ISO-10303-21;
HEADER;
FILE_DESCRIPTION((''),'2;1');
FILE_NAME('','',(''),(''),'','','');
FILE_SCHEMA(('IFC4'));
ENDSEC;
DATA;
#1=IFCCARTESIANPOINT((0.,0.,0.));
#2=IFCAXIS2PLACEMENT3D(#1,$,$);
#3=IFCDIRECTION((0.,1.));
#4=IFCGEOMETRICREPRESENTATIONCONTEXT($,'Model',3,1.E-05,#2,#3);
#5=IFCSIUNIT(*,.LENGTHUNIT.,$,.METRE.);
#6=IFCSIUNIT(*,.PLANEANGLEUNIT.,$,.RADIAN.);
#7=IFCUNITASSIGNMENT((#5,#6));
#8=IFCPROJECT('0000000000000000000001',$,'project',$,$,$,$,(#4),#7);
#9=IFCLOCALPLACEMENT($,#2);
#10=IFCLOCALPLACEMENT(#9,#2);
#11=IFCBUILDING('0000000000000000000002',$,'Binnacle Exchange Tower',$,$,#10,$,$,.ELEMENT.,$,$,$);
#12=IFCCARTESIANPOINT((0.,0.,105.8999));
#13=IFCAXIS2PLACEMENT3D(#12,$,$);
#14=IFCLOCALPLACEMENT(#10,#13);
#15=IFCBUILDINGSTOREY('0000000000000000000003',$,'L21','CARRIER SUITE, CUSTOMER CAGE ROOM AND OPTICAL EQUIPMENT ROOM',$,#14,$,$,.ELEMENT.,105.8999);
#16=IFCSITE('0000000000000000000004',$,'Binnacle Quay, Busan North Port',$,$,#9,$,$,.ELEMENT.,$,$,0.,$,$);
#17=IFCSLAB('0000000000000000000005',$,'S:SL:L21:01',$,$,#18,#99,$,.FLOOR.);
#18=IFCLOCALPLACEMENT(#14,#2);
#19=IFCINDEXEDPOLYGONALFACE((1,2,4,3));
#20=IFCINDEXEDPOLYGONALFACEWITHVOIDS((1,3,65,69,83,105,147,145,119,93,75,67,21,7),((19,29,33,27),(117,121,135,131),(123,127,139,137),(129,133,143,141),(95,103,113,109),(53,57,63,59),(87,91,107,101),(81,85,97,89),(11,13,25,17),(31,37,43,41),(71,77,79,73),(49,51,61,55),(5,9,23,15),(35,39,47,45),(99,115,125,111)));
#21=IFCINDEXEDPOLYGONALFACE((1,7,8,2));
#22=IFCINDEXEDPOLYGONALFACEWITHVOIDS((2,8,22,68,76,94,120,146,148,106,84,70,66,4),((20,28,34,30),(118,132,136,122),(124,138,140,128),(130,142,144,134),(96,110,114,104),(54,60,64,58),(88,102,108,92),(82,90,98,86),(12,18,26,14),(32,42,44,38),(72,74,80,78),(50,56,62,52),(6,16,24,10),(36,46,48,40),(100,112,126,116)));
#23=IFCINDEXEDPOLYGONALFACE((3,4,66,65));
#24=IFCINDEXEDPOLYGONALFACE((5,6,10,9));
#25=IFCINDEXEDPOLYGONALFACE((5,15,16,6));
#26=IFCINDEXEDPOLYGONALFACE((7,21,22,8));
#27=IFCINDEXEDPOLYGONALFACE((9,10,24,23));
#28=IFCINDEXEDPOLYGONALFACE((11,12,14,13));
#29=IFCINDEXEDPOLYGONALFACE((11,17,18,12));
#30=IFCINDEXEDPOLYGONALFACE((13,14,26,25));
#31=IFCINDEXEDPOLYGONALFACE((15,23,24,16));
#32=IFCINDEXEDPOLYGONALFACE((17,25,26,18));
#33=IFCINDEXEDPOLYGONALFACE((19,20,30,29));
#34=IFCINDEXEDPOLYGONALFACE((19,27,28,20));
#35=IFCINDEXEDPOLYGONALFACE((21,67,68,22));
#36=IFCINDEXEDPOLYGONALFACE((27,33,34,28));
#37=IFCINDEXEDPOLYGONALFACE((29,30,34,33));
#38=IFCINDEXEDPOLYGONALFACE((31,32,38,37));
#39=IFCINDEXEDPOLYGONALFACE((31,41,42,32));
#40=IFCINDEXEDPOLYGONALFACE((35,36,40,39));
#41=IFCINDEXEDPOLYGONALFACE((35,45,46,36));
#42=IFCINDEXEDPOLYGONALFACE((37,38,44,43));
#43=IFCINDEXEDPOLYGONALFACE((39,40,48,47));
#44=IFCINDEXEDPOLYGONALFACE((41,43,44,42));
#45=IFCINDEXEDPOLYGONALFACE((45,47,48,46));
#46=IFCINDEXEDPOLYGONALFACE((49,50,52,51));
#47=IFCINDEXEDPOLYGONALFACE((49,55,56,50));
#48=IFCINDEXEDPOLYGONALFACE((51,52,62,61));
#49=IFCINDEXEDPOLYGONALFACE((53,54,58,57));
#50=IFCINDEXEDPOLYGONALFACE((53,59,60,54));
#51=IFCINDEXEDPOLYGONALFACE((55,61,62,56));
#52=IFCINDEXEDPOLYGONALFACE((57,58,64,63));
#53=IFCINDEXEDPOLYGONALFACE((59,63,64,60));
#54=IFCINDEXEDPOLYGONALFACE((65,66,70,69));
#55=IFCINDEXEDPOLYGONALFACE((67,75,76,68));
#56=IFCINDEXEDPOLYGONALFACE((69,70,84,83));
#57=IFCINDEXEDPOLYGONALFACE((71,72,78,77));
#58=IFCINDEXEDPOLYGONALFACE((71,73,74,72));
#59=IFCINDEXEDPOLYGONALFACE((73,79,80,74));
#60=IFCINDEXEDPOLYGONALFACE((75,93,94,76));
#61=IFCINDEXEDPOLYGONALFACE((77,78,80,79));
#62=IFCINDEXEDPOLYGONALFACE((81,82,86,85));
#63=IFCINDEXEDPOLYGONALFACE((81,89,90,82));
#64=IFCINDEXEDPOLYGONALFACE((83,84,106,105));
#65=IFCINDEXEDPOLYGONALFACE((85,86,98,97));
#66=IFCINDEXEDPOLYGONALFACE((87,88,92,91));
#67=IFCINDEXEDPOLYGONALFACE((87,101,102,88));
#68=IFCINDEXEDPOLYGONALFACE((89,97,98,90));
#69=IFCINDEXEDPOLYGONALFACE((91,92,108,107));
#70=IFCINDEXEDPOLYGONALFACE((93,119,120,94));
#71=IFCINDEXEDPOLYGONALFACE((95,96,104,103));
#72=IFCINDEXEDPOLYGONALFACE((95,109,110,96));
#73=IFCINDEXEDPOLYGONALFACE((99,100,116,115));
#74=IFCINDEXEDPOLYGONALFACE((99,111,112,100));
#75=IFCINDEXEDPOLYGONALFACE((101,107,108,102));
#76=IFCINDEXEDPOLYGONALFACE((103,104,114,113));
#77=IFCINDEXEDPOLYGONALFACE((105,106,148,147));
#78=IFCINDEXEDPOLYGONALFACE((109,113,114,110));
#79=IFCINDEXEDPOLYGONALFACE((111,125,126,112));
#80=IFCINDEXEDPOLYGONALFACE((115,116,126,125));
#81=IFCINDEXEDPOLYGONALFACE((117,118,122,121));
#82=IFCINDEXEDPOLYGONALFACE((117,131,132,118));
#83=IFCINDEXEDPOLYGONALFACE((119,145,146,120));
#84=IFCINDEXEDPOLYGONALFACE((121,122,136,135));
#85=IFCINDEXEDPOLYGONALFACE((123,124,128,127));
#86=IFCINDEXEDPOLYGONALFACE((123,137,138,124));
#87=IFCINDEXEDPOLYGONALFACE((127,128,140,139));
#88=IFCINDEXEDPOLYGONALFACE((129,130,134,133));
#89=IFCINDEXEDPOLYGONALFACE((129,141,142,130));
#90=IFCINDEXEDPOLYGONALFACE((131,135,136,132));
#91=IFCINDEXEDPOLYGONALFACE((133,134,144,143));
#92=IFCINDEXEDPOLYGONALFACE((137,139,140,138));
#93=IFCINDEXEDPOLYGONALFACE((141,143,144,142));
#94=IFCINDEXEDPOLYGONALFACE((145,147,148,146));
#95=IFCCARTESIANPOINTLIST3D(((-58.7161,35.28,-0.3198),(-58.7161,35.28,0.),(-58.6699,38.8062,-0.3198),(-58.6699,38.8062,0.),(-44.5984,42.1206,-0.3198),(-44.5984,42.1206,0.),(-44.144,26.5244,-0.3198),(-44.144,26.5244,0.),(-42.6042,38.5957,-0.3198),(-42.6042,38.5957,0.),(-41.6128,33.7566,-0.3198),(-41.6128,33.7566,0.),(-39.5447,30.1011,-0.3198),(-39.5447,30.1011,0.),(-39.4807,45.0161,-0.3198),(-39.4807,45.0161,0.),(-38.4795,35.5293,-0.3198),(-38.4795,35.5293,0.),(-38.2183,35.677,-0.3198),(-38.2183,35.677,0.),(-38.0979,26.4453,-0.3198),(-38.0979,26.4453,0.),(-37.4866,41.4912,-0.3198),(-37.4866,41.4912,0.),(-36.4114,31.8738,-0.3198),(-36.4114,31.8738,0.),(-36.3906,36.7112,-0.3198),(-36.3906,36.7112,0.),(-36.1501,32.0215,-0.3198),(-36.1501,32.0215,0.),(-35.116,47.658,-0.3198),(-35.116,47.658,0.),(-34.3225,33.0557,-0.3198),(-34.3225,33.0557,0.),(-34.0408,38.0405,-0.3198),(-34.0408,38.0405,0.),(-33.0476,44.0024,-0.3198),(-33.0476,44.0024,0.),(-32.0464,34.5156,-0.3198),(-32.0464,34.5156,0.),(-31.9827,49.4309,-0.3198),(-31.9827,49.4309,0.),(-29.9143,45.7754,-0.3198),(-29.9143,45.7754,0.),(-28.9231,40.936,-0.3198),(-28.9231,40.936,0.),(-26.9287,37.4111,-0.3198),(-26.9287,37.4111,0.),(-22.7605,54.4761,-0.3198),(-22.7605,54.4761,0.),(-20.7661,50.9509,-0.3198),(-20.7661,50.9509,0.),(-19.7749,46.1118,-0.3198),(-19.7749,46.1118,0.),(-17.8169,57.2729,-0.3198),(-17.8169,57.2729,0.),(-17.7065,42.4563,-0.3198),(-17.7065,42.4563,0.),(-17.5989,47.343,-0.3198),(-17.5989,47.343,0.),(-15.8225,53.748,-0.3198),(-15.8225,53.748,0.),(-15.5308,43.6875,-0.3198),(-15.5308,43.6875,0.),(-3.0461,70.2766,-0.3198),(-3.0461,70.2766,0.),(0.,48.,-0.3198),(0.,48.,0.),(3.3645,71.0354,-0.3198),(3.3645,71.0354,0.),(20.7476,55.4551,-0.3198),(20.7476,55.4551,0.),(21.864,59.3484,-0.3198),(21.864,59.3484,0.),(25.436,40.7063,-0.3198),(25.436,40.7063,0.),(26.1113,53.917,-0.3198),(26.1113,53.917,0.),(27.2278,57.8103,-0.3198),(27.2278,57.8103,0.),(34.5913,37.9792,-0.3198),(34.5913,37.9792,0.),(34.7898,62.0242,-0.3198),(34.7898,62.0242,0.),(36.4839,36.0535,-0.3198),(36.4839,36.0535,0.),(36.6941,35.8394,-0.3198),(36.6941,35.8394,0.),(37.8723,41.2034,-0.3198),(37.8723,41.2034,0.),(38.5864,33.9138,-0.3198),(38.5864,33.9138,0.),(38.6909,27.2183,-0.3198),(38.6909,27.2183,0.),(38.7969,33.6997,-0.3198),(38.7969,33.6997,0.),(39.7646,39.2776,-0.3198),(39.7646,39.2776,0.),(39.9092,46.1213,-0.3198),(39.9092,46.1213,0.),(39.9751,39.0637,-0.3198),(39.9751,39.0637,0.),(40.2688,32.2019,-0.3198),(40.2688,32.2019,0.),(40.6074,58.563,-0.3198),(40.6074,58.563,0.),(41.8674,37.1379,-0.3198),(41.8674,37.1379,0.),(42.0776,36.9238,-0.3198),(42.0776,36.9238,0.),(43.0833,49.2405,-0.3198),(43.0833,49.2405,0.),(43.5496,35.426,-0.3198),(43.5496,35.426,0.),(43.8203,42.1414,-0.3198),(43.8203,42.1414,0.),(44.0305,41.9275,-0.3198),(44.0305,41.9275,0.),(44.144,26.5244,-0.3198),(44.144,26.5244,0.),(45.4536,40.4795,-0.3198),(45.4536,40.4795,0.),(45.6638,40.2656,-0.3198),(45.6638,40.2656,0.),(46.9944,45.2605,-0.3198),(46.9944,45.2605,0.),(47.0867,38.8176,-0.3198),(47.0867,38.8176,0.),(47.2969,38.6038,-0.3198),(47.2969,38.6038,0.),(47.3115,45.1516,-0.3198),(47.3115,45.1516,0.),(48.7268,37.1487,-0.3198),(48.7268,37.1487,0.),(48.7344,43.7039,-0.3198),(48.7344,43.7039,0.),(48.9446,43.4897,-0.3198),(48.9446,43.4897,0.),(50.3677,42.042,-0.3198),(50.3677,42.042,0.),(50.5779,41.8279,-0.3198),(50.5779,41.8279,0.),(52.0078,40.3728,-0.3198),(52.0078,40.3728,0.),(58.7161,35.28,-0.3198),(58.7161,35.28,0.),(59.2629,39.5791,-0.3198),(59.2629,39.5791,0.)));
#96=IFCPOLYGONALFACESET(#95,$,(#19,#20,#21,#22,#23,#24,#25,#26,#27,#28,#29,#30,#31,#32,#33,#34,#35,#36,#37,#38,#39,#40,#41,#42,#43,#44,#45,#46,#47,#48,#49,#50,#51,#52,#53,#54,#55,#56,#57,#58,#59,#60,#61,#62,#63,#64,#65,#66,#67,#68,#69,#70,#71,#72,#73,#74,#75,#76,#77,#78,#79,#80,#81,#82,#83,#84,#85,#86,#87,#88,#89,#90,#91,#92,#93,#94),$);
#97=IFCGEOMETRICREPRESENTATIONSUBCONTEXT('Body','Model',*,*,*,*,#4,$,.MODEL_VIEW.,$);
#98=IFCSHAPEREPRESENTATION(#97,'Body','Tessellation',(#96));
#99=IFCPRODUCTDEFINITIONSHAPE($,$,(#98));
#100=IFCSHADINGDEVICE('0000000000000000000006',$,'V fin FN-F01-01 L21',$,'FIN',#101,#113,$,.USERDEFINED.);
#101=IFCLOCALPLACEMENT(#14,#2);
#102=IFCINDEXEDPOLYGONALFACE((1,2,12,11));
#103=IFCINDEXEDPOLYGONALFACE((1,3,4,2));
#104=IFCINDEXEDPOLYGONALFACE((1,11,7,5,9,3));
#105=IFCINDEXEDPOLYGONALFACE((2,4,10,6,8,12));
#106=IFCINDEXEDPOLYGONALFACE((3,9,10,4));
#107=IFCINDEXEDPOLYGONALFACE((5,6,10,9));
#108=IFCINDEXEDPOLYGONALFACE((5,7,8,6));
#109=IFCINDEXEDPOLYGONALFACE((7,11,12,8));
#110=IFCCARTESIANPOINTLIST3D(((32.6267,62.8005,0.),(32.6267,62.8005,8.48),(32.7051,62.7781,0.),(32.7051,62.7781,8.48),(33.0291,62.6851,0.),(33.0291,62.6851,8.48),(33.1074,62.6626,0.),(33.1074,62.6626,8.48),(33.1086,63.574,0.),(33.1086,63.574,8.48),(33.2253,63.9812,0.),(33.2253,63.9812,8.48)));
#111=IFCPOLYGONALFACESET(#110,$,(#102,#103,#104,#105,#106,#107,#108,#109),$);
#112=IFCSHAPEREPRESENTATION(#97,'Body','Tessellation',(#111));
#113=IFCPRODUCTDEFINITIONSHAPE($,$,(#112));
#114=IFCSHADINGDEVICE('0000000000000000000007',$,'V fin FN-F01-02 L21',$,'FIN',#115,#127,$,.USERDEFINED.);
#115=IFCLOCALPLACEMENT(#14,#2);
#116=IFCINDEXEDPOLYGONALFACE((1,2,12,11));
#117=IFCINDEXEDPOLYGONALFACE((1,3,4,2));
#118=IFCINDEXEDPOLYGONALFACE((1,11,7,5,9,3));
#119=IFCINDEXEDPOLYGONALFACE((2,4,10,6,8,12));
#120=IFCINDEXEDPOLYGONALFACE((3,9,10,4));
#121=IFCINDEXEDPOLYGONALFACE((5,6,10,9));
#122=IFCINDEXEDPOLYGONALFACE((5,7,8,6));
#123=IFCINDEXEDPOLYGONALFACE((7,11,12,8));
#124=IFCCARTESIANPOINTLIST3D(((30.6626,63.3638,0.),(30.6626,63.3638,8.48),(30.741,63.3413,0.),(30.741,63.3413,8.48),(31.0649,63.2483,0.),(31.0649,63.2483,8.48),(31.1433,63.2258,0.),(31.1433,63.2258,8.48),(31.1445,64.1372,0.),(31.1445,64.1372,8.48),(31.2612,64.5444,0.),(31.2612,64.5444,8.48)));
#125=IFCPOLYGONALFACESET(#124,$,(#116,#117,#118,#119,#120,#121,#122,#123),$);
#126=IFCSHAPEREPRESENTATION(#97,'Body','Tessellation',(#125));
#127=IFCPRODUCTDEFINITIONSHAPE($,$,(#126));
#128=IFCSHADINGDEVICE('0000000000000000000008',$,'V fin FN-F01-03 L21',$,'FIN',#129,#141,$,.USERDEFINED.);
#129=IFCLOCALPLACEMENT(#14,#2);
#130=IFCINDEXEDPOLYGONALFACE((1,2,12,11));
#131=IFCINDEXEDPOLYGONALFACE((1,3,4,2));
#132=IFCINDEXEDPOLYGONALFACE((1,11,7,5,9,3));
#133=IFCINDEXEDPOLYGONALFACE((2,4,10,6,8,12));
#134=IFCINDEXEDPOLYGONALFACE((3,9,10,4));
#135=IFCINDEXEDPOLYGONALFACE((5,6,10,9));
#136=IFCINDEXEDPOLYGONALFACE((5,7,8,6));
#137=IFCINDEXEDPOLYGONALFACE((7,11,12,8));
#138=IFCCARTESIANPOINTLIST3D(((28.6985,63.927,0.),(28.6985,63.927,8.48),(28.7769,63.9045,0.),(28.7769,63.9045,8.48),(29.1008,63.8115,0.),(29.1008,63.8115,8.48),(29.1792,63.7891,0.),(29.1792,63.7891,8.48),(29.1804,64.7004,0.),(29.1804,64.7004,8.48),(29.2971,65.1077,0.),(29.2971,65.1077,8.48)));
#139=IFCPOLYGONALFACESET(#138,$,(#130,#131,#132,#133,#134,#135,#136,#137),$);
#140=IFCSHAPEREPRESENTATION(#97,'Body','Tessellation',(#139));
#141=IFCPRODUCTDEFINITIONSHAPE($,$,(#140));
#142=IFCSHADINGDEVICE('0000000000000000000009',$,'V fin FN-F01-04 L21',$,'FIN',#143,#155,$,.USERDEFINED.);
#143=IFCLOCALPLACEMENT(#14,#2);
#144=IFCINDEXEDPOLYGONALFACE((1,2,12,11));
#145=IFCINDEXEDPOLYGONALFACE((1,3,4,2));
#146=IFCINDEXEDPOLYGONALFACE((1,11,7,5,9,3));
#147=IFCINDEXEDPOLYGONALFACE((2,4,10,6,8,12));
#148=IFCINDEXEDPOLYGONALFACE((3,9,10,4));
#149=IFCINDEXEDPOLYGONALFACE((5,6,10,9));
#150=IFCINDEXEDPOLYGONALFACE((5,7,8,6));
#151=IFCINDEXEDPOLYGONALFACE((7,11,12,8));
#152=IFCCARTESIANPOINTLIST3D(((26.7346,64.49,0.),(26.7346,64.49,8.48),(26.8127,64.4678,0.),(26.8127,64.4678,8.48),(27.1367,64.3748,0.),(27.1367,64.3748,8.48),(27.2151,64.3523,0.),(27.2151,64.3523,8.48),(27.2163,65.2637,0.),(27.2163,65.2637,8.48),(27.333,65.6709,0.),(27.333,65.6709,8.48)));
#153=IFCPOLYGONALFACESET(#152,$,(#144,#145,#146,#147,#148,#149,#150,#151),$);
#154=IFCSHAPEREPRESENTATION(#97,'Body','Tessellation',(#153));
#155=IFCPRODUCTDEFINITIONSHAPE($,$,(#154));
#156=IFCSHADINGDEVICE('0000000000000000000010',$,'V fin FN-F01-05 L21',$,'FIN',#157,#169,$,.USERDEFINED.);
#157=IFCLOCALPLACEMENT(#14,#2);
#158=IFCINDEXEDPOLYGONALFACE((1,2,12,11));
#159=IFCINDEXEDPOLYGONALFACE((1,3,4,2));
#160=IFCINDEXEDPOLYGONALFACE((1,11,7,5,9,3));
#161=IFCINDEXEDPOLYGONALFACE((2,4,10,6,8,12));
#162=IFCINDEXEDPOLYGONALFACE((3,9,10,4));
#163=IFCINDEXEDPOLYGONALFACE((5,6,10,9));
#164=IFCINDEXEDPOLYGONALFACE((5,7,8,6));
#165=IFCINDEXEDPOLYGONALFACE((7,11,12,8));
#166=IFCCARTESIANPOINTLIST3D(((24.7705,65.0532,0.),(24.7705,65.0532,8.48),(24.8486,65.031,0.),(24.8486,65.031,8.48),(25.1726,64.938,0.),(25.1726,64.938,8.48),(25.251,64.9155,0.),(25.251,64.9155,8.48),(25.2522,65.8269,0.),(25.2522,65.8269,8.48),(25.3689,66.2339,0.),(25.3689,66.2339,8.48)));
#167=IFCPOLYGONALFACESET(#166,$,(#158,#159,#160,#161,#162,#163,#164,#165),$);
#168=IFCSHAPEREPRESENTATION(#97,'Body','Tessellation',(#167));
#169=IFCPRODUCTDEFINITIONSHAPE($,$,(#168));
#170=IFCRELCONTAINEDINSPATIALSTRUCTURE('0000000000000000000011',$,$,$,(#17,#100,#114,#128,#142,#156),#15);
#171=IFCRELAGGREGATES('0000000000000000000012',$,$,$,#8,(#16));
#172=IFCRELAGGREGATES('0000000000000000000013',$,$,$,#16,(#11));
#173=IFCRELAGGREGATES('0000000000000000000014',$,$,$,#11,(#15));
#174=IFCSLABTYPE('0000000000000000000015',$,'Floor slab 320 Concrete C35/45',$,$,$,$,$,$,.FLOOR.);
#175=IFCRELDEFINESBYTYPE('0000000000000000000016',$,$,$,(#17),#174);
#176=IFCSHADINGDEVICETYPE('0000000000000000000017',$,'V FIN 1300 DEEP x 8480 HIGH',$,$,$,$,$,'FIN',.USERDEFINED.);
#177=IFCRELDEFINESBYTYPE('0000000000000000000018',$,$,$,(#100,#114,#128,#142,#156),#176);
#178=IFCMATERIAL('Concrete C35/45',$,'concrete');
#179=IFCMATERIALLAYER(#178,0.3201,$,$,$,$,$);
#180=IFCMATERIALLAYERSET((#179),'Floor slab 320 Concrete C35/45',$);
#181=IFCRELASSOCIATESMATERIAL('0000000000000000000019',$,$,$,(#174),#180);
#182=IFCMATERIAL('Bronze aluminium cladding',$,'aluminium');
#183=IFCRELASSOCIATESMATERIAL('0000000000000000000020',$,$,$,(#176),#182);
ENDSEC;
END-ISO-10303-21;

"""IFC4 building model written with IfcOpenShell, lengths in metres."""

from ifc_helpers import new_model, si_unit, direction, frame, origin, place, context, subcontext, project, spatial, polyline, outline, extrude, material, layer, layer_set, type_object, element, save


model = new_model("IFC4")

# Units and contexts
model_context = context("Model", 3, precision=1e-05, world=origin(), true_north=direction((0.0, 1.0)))
body_context = subcontext(model_context, "Body", "Model", "MODEL_VIEW")
ifc_project = project(units=[si_unit("LENGTHUNIT", "METRE"), si_unit("PLANEANGLEUNIT", "RADIAN")], contexts=[model_context])

# Site, building, storey
site_placement = place(None, origin())
site = spatial("IfcSite", under=ifc_project, at=site_placement, Name="Binnacle Quay, Busan North Port", CompositionType="ELEMENT", RefElevation=0.0)
building_placement = place(site_placement, origin())
building = spatial("IfcBuilding", under=site, at=building_placement, Name="Binnacle Exchange Tower", CompositionType="ELEMENT")
storey_placement = place(building_placement, frame((0.0, 0.0, 105.8999)))
storey = spatial("IfcBuildingStorey", under=building, at=storey_placement, Name="L21", Description="CARRIER SUITE, CUSTOMER CAGE ROOM AND OPTICAL EQUIPMENT ROOM", CompositionType="ELEMENT", Elevation=105.8999)

# Slab
ifc_material_1 = material(Name="Concrete C35/45", Category="concrete")
ifc_layer = layer(ifc_material_1, 0.3201)
ifc_layer_set = layer_set([ifc_layer], Name="Floor slab 320 Concrete C35/45")
slab_type = type_object("IfcSlabType", Name="Floor slab 320 Concrete C35/45", PredefinedType="FLOOR", material=ifc_layer_set)
slab_placement = place(storey_placement, frame((0.0, 0.0, -0.3198)))
element("IfcSlab", 1, at=slab_placement, inside=storey, type_object=slab_type, Name="S:SL:L21:01", PredefinedType="FLOOR", context=body_context, shape_type="SweptSolid", body=[
    extrude(outline(polyline([(59.2629, 39.5791), (58.7161, 35.28), (44.144, 26.5244), (38.6909, 27.2183), (25.436, 40.7063), (0.0, 48.0), (-38.0979, 26.4453), (-44.144, 26.5244), (-58.7161, 35.28), (-58.6699, 38.8062), (-3.0461, 70.2766), (3.3645, 71.0354), (34.7898, 62.0242), (40.6074, 58.563), (59.2629, 39.5791)]), holes=[polyline([(-38.4795, 35.5293), (-41.6128, 33.7566), (-39.5447, 30.1011), (-36.4114, 31.8738), (-38.4795, 35.5293)]), polyline([(-34.3225, 33.0557), (-36.3906, 36.7112), (-38.2183, 35.677), (-36.1501, 32.0215), (-34.3225, 33.0557)]), polyline([(-34.0408, 38.0405), (-32.0464, 34.5156), (-26.9287, 37.4111), (-28.9231, 40.936), (-34.0408, 38.0405)]), polyline([(-37.4866, 41.4912), (-39.4807, 45.0161), (-44.5984, 42.1206), (-42.6042, 38.5957), (-37.4866, 41.4912)]), polyline([(-15.5308, 43.6875), (-17.5989, 47.343), (-19.7749, 46.1118), (-17.7065, 42.4563), (-15.5308, 43.6875)]), polyline([(-29.9143, 45.7754), (-31.9827, 49.4309), (-35.116, 47.658), (-33.0476, 44.0024), (-29.9143, 45.7754)]), polyline([(-15.8225, 53.748), (-17.8169, 57.2729), (-22.7605, 54.4761), (-20.7661, 50.9509), (-15.8225, 53.748)]), polyline([(26.1113, 53.917), (27.2278, 57.8103), (21.864, 59.3484), (20.7476, 55.4551), (26.1113, 53.917)]), polyline([(40.2688, 32.2019), (43.5496, 35.426), (42.0776, 36.9238), (38.7969, 33.6997), (40.2688, 32.2019)]), polyline([(38.5864, 33.9138), (41.8674, 37.1379), (39.9751, 39.0637), (36.6941, 35.8394), (38.5864, 33.9138)]), polyline([(36.4839, 36.0535), (39.7646, 39.2776), (37.8723, 41.2034), (34.5913, 37.9792), (36.4839, 36.0535)]), polyline([(48.7268, 37.1487), (52.0078, 40.3728), (50.5779, 41.8279), (47.2969, 38.6038), (48.7268, 37.1487)]), polyline([(47.0867, 38.8176), (50.3677, 42.042), (48.9446, 43.4897), (45.6638, 40.2656), (47.0867, 38.8176)]), polyline([(45.4536, 40.4795), (48.7344, 43.7039), (47.3115, 45.1516), (44.0305, 41.9275), (45.4536, 40.4795)]), polyline([(43.8203, 42.1414), (46.9944, 45.2605), (43.0833, 49.2405), (39.9092, 46.1213), (43.8203, 42.1414)])]), origin(), (0.0, 0.0, 1.0), 0.3198),
])

# Shading devices
ifc_material_2 = material(Name="Bronze aluminium cladding", Category="aluminium")
shading_device_type = type_object("IfcShadingDeviceType", Name="V FIN 1300 DEEP x 8480 HIGH", ElementType="FIN", PredefinedType="USERDEFINED", material=ifc_material_2)
shading_device_1_placement = place(storey_placement, origin())
element("IfcShadingDevice", 2, at=shading_device_1_placement, inside=storey, type_object=shading_device_type, Name="V fin FN-F01-01 L21", ObjectType="FIN", PredefinedType="USERDEFINED", context=body_context, shape_type="SweptSolid", body=[
    extrude(outline(polyline([(33.1074, 62.6626), (33.2253, 63.9812), (32.6267, 62.8005), (32.7051, 62.7781), (33.1086, 63.574), (33.0291, 62.6851), (33.1074, 62.6626)])), origin(), (0.0, 0.0, 1.0), 8.48),
])
shading_device_2_placement = place(storey_placement, origin())
element("IfcShadingDevice", 3, at=shading_device_2_placement, inside=storey, type_object=shading_device_type, Name="V fin FN-F01-02 L21", ObjectType="FIN", PredefinedType="USERDEFINED", context=body_context, shape_type="SweptSolid", body=[
    extrude(outline(polyline([(31.1433, 63.2258), (31.2612, 64.5444), (30.6626, 63.3638), (30.741, 63.3413), (31.1445, 64.1372), (31.0649, 63.2483), (31.1433, 63.2258)])), origin(), (0.0, 0.0, 1.0), 8.48),
])
shading_device_3_placement = place(storey_placement, origin())
element("IfcShadingDevice", 4, at=shading_device_3_placement, inside=storey, type_object=shading_device_type, Name="V fin FN-F01-03 L21", ObjectType="FIN", PredefinedType="USERDEFINED", context=body_context, shape_type="SweptSolid", body=[
    extrude(outline(polyline([(29.1792, 63.7891), (29.2971, 65.1077), (28.6985, 63.927), (28.7769, 63.9045), (29.1804, 64.7004), (29.1008, 63.8115), (29.1792, 63.7891)])), origin(), (0.0, 0.0, 1.0), 8.48),
])
shading_device_4_placement = place(storey_placement, origin())
element("IfcShadingDevice", 5, at=shading_device_4_placement, inside=storey, type_object=shading_device_type, Name="V fin FN-F01-04 L21", ObjectType="FIN", PredefinedType="USERDEFINED", context=body_context, shape_type="SweptSolid", body=[
    extrude(outline(polyline([(27.2151, 64.3523), (27.333, 65.6709), (26.7346, 64.49), (26.8127, 64.4678), (27.2163, 65.2637), (27.1367, 64.3748), (27.2151, 64.3523)])), origin(), (0.0, 0.0, 1.0), 8.48),
])
shading_device_5_placement = place(storey_placement, origin())
element("IfcShadingDevice", 6, at=shading_device_5_placement, inside=storey, type_object=shading_device_type, Name="V fin FN-F01-05 L21", ObjectType="FIN", PredefinedType="USERDEFINED", context=body_context, shape_type="SweptSolid", body=[
    extrude(outline(polyline([(25.251, 64.9155), (25.3689, 66.2339), (24.7705, 65.0532), (24.8486, 65.031), (25.2522, 65.8269), (25.1726, 64.938), (25.251, 64.9155)])), origin(), (0.0, 0.0, 1.0), 8.48),
])

save(model, "model.ifc")
